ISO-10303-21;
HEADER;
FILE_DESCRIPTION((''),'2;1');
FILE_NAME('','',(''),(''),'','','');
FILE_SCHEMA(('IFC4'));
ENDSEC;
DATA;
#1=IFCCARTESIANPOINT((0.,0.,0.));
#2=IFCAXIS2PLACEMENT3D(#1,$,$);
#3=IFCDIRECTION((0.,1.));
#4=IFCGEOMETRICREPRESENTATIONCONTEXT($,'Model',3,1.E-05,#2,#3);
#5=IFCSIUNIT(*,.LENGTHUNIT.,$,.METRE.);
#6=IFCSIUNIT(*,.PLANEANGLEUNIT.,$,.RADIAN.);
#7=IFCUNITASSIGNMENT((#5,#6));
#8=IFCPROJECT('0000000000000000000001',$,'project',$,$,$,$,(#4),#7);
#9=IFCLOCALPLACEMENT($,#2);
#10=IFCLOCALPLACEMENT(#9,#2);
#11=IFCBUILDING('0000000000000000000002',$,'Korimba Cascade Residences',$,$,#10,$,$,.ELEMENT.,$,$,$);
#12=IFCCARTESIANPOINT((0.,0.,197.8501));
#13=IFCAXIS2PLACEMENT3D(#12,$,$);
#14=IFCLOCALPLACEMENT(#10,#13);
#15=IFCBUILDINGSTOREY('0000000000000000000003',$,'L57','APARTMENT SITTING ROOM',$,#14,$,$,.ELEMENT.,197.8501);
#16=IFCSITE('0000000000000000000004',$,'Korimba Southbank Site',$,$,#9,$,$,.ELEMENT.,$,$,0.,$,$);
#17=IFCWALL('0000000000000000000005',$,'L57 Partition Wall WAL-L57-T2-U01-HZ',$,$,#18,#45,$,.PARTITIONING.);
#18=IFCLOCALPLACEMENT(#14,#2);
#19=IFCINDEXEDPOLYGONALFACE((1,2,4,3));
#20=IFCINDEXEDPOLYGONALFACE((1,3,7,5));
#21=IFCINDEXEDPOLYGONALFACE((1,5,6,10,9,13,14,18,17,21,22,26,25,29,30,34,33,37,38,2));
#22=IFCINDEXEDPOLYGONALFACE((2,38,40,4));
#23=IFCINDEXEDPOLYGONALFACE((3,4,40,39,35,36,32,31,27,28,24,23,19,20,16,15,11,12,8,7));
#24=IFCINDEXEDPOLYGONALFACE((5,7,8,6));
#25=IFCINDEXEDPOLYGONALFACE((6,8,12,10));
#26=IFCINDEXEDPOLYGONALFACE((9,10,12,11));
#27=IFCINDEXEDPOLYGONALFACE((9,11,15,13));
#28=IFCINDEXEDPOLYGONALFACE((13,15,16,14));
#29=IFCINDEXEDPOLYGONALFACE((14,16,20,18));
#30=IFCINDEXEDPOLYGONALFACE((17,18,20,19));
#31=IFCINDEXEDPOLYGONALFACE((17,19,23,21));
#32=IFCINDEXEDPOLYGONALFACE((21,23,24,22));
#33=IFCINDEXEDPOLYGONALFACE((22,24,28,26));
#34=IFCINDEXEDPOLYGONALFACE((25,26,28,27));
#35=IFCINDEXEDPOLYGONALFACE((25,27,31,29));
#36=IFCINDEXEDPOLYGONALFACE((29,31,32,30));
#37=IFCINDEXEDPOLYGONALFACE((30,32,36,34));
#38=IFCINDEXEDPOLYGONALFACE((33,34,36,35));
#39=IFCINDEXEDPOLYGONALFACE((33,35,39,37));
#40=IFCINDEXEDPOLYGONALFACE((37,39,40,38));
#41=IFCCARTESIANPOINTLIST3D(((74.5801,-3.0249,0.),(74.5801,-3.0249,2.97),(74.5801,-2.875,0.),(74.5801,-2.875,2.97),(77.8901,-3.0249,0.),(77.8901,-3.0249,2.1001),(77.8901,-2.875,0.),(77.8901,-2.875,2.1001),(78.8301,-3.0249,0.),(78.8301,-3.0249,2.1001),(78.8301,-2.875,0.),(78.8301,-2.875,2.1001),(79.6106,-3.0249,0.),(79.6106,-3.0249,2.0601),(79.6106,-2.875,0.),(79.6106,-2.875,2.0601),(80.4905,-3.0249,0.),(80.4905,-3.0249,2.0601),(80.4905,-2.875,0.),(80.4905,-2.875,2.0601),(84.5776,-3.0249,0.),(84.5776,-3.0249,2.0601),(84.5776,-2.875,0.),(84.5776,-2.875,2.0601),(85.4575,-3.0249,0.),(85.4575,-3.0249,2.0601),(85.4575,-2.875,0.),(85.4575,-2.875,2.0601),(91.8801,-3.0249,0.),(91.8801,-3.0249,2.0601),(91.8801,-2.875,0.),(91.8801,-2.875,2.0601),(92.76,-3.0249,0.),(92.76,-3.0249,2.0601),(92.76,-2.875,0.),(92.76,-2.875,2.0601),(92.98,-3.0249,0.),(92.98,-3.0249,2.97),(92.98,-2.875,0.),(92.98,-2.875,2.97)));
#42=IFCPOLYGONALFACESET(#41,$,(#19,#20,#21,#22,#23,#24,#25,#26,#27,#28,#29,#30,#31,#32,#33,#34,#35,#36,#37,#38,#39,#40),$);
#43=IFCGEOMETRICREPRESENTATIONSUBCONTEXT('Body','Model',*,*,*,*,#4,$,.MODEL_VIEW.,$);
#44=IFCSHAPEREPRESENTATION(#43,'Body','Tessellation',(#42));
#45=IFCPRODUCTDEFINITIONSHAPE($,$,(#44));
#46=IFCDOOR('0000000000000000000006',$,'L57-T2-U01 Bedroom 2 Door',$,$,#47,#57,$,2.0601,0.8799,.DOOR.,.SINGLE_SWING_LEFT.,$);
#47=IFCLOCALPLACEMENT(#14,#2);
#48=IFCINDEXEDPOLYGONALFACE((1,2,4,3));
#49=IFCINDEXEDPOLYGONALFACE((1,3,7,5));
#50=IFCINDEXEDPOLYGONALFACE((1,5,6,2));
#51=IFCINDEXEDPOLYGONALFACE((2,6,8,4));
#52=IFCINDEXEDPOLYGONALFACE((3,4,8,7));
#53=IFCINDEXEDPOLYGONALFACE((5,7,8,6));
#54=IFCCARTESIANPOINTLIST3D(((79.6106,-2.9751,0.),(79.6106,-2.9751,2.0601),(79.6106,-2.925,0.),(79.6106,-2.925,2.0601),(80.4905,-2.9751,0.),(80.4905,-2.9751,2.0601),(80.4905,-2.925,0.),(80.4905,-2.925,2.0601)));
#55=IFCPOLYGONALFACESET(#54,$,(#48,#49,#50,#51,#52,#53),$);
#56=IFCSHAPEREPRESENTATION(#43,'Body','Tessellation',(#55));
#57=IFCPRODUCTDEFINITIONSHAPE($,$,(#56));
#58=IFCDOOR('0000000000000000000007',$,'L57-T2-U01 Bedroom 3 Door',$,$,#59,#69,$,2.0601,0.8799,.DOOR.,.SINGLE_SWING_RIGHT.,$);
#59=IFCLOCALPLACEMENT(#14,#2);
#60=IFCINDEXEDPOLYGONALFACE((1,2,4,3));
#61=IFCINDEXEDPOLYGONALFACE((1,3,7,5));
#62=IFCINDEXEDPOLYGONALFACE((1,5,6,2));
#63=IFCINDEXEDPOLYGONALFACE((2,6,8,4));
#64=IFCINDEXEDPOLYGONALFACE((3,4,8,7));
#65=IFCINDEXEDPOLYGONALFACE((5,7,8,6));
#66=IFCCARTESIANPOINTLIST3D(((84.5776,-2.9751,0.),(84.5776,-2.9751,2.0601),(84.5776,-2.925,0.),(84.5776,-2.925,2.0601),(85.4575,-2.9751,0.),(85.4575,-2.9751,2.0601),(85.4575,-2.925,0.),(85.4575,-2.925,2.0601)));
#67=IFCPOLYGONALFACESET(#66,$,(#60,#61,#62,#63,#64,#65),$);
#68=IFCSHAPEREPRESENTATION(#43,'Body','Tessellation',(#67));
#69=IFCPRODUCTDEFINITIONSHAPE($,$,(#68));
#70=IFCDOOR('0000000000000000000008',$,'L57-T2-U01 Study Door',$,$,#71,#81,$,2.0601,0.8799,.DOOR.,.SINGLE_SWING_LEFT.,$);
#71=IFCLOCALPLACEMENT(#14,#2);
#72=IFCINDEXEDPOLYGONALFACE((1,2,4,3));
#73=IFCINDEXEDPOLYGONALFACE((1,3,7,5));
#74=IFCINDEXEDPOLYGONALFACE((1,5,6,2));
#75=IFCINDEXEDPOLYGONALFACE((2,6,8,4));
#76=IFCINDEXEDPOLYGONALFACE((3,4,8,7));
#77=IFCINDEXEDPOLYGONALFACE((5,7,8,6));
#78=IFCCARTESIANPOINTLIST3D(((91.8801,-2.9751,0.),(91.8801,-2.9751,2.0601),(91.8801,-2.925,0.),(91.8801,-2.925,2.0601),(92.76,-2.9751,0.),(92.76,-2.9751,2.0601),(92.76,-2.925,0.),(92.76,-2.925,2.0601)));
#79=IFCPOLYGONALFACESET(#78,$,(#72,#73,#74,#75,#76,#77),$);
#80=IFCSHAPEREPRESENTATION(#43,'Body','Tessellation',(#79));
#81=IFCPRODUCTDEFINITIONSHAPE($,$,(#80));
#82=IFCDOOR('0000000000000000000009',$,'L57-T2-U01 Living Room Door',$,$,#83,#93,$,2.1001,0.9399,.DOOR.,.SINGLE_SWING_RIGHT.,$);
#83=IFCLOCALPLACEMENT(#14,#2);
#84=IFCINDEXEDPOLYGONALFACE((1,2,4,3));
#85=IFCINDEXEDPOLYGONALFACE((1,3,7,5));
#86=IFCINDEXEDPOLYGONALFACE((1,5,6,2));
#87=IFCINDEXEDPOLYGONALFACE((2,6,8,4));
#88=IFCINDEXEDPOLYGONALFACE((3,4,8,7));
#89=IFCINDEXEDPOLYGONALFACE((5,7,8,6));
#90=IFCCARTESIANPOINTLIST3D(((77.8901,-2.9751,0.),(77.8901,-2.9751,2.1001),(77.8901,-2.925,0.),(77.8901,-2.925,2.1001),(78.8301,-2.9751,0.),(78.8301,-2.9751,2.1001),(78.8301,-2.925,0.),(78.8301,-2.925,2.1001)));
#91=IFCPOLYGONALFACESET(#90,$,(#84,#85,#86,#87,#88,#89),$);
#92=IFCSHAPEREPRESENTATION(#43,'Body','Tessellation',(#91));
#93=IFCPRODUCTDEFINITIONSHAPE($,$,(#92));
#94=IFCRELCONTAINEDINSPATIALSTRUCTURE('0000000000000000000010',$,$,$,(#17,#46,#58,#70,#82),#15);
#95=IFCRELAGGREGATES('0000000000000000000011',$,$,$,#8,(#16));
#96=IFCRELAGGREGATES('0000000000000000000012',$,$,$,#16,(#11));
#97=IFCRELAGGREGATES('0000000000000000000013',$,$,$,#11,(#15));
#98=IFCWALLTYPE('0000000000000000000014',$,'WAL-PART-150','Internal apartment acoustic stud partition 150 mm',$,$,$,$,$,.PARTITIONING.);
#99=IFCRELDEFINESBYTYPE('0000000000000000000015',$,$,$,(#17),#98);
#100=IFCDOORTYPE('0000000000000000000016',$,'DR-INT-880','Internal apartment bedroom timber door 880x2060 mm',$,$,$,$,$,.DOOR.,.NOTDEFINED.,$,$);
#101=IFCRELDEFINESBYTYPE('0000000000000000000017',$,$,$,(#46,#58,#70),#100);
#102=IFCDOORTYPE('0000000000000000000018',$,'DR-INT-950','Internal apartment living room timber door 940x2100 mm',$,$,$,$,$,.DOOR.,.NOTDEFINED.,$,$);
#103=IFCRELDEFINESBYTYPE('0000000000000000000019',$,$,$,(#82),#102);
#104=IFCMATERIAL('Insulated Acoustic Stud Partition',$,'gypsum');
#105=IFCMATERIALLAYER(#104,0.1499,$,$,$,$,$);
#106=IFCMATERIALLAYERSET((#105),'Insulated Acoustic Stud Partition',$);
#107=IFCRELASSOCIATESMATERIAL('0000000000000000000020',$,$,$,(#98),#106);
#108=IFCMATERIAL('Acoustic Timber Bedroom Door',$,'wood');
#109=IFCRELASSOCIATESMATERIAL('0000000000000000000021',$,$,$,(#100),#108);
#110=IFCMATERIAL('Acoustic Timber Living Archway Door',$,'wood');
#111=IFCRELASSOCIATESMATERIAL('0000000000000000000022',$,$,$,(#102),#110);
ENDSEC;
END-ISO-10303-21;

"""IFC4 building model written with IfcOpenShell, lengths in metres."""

from ifc_helpers import new_model, si_unit, direction, frame, frame_2d, origin, place, context, subcontext, project, spatial, rectangle, extrude, material, layer, layer_set, type_object, element, fill, save


model = new_model("IFC4")

# Units and contexts
model_context = context("Model", 3, precision=1e-05, world=origin(), true_north=direction((0.0, 1.0)))
body_context = subcontext(model_context, "Body", "Model", "MODEL_VIEW")
ifc_project = project(units=[si_unit("LENGTHUNIT", "METRE"), si_unit("PLANEANGLEUNIT", "RADIAN")], contexts=[model_context])

# Site, building, storey
site_placement = place(None, origin())
site = spatial("IfcSite", under=ifc_project, at=site_placement, Name="Korimba Southbank Site", CompositionType="ELEMENT", RefElevation=0.0)
building_placement = place(site_placement, origin())
building = spatial("IfcBuilding", under=site, at=building_placement, Name="Korimba Cascade Residences", CompositionType="ELEMENT")
storey_placement = place(building_placement, frame((0.0, 0.0, 197.8501)))
storey = spatial("IfcBuildingStorey", under=building, at=storey_placement, Name="L57", Description="APARTMENT SITTING ROOM", CompositionType="ELEMENT", Elevation=197.8501)

# Shared definitions
ifc_material_1 = material(Name="Insulated Acoustic Stud Partition", Category="gypsum")
ifc_layer_1 = layer(ifc_material_1, 0.1499)
ifc_layer_set_1 = layer_set([ifc_layer_1], Name="Insulated Acoustic Stud Partition")
wall_type_1 = type_object("IfcWallType", Name="WAL-PART-150", Description="Internal apartment acoustic stud partition 150 mm", PredefinedType="PARTITIONING", material=ifc_layer_set_1)
ifc_material_2 = material(Name="Acoustic Timber Bedroom Door", Category="wood")
door_type_1 = type_object("IfcDoorType", Name="DR-INT-880", Description="Internal apartment bedroom timber door 880x2060 mm", OperationType="NOTDEFINED", PredefinedType="DOOR", material=ifc_material_2)

# Wall, openings, doors
wall_1_placement = place(storey_placement, frame((74.5801, -2.95, 0.0), z_axis=(0.0, 0.0, 1.0), x_axis=(1.0, 0.0, 0.0)))
wall_1 = element("IfcWall", 1, at=wall_1_placement, inside=storey, type_object=wall_type_1, Name="L57 Partition Wall WAL-L57-T2-U01-HZ", PredefinedType="PARTITIONING", context=body_context, shape_type="SweptSolid", body=[
    extrude(rectangle(XDim=18.3999, YDim=0.1499, at=frame_2d((9.2, 0.0))), origin(), (0.0, 0.0, 1.0), 2.97),
])
opening_1_placement = place(wall_1_placement, frame((3.3101, 0.0, 0.0)))
opening_1 = element("IfcOpeningElement", 2, at=opening_1_placement, cuts=wall_1, PredefinedType="OPENING", context=body_context, shape_type="SweptSolid", body=[
    extrude(rectangle(XDim=0.9399, YDim=2.1001, at=frame_2d((0.47, 1.05))), frame((0.0, 0.085, 0.0), z_axis=(0.0, -1.0, 0.0), x_axis=(1.0, 0.0, 0.0)), (0.0, 0.0, 1.0), 0.1699),
])
opening_2_placement = place(wall_1_placement, frame((5.0305, 0.0, 0.0)))
opening_2 = element("IfcOpeningElement", 3, at=opening_2_placement, cuts=wall_1, PredefinedType="OPENING", context=body_context, shape_type="SweptSolid", body=[
    extrude(rectangle(XDim=0.8799, YDim=2.0601, at=frame_2d((0.4399, 1.03))), frame((0.0, 0.085, 0.0), z_axis=(0.0, -1.0, 0.0), x_axis=(1.0, 0.0, 0.0)), (0.0, 0.0, 1.0), 0.1699),
])
opening_3_placement = place(wall_1_placement, frame((9.9976, 0.0, 0.0)))
opening_3 = element("IfcOpeningElement", 4, at=opening_3_placement, cuts=wall_1, PredefinedType="OPENING", context=body_context, shape_type="SweptSolid", body=[
    extrude(rectangle(XDim=0.8799, YDim=2.0601, at=frame_2d((0.4399, 1.03))), frame((0.0, 0.085, 0.0), z_axis=(0.0, -1.0, 0.0), x_axis=(1.0, 0.0, 0.0)), (0.0, 0.0, 1.0), 0.1699),
])
opening_4_placement = place(wall_1_placement, frame((17.3, 0.0, 0.0)))
opening_4 = element("IfcOpeningElement", 5, at=opening_4_placement, cuts=wall_1, PredefinedType="OPENING", context=body_context, shape_type="SweptSolid", body=[
    extrude(rectangle(XDim=0.8799, YDim=2.0601, at=frame_2d((0.4399, 1.03))), frame((0.0, 0.085, 0.0), z_axis=(0.0, -1.0, 0.0), x_axis=(1.0, 0.0, 0.0)), (0.0, 0.0, 1.0), 0.1699),
])
door_1_placement = place(opening_2_placement, origin())
door_1 = element("IfcDoor", 6, at=door_1_placement, inside=storey, type_object=door_type_1, Name="L57-T2-U01 Bedroom 2 Door", OperationType="SINGLE_SWING_LEFT", OverallHeight=2.0601, OverallWidth=0.8799, PredefinedType="DOOR", context=body_context, shape_type="SweptSolid", body=[
    extrude(rectangle(XDim=0.8799, YDim=2.0601, at=frame_2d((0.4399, 1.03))), frame((0.0, 0.0249, 0.0), z_axis=(0.0, -1.0, 0.0), x_axis=(1.0, 0.0, 0.0)), (0.0, 0.0, 1.0), 0.05),
])
fill(opening_2, door_1)
door_2_placement = place(opening_3_placement, origin())
door_2 = element("IfcDoor", 7, at=door_2_placement, inside=storey, type_object=door_type_1, Name="L57-T2-U01 Bedroom 3 Door", OperationType="SINGLE_SWING_RIGHT", OverallHeight=2.0601, OverallWidth=0.8799, PredefinedType="DOOR", context=body_context, shape_type="SweptSolid", body=[
    extrude(rectangle(XDim=0.8799, YDim=2.0601, at=frame_2d((0.4399, 1.03))), frame((0.0, 0.0249, 0.0), z_axis=(0.0, -1.0, 0.0), x_axis=(1.0, 0.0, 0.0)), (0.0, 0.0, 1.0), 0.05),
])
fill(opening_3, door_2)
door_3_placement = place(opening_4_placement, origin())
door_3 = element("IfcDoor", 8, at=door_3_placement, inside=storey, type_object=door_type_1, Name="L57-T2-U01 Study Door", OperationType="SINGLE_SWING_LEFT", OverallHeight=2.0601, OverallWidth=0.8799, PredefinedType="DOOR", context=body_context, shape_type="SweptSolid", body=[
    extrude(rectangle(XDim=0.8799, YDim=2.0601, at=frame_2d((0.4399, 1.03))), frame((0.0, 0.0249, 0.0), z_axis=(0.0, -1.0, 0.0), x_axis=(1.0, 0.0, 0.0)), (0.0, 0.0, 1.0), 0.05),
])
fill(opening_4, door_3)
ifc_material_3 = material(Name="Acoustic Timber Living Archway Door", Category="wood")
door_type_2 = type_object("IfcDoorType", Name="DR-INT-950", Description="Internal apartment living room timber door 940x2100 mm", OperationType="NOTDEFINED", PredefinedType="DOOR", material=ifc_material_3)
door_4_placement = place(opening_1_placement, origin())
door_4 = element("IfcDoor", 9, at=door_4_placement, inside=storey, type_object=door_type_2, Name="L57-T2-U01 Living Room Door", OperationType="SINGLE_SWING_RIGHT", OverallHeight=2.1001, OverallWidth=0.9399, PredefinedType="DOOR", context=body_context, shape_type="SweptSolid", body=[
    extrude(rectangle(XDim=0.9399, YDim=2.1001, at=frame_2d((0.47, 1.05))), frame((0.0, 0.0249, 0.0), z_axis=(0.0, -1.0, 0.0), x_axis=(1.0, 0.0, 0.0)), (0.0, 0.0, 1.0), 0.05),
])
fill(opening_1, door_4)

save(model, "model.ifc")
